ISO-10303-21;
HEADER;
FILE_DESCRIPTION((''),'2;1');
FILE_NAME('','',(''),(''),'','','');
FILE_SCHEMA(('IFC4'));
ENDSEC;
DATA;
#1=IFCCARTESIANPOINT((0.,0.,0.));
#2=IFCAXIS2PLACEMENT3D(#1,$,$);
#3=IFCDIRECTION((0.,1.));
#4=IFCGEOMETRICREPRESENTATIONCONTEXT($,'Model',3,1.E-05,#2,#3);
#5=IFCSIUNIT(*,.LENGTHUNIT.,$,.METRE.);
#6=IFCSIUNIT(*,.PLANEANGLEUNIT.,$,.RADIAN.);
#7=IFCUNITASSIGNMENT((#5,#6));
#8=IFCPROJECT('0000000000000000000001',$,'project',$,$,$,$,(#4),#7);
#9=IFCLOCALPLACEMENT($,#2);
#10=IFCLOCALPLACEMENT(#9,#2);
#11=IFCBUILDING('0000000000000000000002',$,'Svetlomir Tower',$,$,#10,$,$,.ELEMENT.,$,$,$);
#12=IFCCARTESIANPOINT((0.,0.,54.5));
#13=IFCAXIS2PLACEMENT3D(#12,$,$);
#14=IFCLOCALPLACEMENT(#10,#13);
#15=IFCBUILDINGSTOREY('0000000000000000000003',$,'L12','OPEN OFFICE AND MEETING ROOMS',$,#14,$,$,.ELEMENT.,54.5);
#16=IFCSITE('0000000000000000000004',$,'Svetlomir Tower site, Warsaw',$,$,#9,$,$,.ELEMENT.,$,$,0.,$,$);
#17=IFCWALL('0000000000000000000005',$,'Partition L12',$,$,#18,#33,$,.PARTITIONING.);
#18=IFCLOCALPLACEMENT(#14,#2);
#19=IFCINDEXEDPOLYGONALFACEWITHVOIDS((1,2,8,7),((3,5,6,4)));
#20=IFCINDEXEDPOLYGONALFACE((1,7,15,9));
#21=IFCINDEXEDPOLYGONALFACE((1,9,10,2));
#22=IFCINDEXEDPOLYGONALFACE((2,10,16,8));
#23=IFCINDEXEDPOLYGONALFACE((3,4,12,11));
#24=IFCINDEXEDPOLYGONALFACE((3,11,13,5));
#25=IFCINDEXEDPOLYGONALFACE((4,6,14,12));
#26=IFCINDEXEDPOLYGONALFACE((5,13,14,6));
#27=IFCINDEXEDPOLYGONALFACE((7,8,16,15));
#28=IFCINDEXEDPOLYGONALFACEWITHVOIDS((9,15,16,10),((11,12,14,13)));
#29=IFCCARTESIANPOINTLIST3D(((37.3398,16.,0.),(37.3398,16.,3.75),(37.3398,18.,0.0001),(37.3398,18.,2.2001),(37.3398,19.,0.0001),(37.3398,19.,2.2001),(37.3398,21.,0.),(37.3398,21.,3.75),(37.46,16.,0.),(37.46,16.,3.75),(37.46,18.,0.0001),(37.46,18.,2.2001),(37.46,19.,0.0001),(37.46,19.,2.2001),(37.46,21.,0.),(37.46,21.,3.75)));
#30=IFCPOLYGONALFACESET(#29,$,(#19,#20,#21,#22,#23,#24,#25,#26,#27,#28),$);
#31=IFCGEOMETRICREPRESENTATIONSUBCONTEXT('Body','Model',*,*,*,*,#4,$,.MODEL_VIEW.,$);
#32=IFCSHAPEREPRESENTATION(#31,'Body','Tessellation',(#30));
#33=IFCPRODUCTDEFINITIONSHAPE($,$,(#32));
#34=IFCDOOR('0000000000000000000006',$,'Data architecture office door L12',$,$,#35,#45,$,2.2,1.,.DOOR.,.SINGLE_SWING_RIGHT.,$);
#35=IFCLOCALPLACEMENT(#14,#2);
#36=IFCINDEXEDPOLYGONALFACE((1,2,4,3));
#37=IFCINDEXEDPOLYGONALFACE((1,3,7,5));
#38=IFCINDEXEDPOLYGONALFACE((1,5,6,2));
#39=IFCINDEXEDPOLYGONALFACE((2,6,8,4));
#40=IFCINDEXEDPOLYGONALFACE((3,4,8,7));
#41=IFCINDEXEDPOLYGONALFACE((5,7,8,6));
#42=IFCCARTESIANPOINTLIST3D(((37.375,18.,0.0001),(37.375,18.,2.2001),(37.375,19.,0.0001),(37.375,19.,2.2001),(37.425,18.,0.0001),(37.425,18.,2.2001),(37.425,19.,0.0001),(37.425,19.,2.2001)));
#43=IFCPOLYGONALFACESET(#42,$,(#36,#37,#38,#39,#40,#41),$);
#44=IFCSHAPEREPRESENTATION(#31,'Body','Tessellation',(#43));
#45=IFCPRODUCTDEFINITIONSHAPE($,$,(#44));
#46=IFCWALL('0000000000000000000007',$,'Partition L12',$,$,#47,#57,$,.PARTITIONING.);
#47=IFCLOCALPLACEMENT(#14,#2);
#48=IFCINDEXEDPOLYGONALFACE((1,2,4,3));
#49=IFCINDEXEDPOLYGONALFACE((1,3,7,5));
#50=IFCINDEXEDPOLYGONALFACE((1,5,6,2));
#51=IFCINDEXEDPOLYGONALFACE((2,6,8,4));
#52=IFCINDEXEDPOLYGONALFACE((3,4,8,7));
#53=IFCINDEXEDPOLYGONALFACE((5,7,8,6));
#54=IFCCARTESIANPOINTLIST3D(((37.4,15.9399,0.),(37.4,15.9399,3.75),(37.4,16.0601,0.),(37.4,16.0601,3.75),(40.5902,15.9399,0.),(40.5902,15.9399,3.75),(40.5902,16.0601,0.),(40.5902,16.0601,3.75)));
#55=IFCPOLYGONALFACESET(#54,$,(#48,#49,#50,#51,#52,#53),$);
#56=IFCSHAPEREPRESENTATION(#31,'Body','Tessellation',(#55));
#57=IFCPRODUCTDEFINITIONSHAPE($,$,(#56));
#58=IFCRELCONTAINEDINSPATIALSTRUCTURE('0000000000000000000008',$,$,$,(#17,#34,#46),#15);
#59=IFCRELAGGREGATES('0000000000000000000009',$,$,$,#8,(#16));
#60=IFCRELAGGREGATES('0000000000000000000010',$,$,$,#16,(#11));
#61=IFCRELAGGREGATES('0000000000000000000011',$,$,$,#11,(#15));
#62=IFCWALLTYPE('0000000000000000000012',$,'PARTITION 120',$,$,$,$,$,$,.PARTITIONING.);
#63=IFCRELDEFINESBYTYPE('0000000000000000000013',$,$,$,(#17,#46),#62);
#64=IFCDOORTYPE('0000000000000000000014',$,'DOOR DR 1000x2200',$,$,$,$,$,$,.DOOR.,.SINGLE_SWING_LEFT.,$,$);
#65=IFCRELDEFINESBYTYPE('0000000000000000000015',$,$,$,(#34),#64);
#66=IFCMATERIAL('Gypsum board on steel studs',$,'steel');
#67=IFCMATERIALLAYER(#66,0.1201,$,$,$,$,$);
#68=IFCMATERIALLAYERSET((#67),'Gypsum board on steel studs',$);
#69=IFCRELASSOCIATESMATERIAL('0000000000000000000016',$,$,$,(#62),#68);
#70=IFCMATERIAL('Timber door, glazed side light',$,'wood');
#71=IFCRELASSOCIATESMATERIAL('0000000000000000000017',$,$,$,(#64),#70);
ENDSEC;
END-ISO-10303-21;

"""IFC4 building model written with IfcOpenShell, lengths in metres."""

from ifc_helpers import new_model, si_unit, direction, frame, frame_2d, origin, place, context, subcontext, project, spatial, rectangle, extrude, material, layer, layer_set, type_object, element, fill, save


model = new_model("IFC4")

# Units and contexts
model_context = context("Model", 3, precision=1e-05, world=origin(), true_north=direction((0.0, 1.0)))
body_context = subcontext(model_context, "Body", "Model", "MODEL_VIEW")
ifc_project = project(units=[si_unit("LENGTHUNIT", "METRE"), si_unit("PLANEANGLEUNIT", "RADIAN")], contexts=[model_context])

# Site, building, storey
site_placement = place(None, origin())
site = spatial("IfcSite", under=ifc_project, at=site_placement, Name="Svetlomir Tower site, Warsaw", CompositionType="ELEMENT", RefElevation=0.0)
building_placement = place(site_placement, origin())
building = spatial("IfcBuilding", under=site, at=building_placement, Name="Svetlomir Tower", CompositionType="ELEMENT")
storey_placement = place(building_placement, frame((0.0, 0.0, 54.5)))
storey = spatial("IfcBuildingStorey", under=building, at=storey_placement, Name="L12", Description="OPEN OFFICE AND MEETING ROOMS", CompositionType="ELEMENT", Elevation=54.5)

# Shared definitions
ifc_material_1 = material(Name="Gypsum board on steel studs", Category="steel")
ifc_layer_1 = layer(ifc_material_1, 0.1201)
ifc_layer_set_1 = layer_set([ifc_layer_1], Name="Gypsum board on steel studs")
wall_type_1 = type_object("IfcWallType", Name="PARTITION 120", PredefinedType="PARTITIONING", material=ifc_layer_set_1)

# Wall, opening, door
ifc_material_2 = material(Name="Timber door, glazed side light", Category="wood")
door_type_1 = type_object("IfcDoorType", Name="DOOR DR 1000x2200", OperationType="SINGLE_SWING_LEFT", PredefinedType="DOOR", material=ifc_material_2)
wall_1_placement = place(storey_placement, frame((37.3999, 16.0, 0.0), z_axis=(0.0, 0.0, 1.0), x_axis=(0.0, 1.0, 0.0)))
wall_1 = element("IfcWall", 1, at=wall_1_placement, inside=storey, type_object=wall_type_1, Name="Partition L12", PredefinedType="PARTITIONING", context=body_context, shape_type="SweptSolid", body=[
    extrude(rectangle(XDim=5.0, YDim=0.1201, at=frame_2d((2.5, 0.0))), origin(), (0.0, 0.0, 1.0), 3.75),
])
opening_1_placement = place(wall_1_placement, frame((2.0, 0.0, 0.0)))
opening_1 = element("IfcOpeningElement", 2, at=opening_1_placement, cuts=wall_1, PredefinedType="OPENING", context=body_context, shape_type="SweptSolid", body=[
    extrude(rectangle(XDim=1.0, YDim=2.2, at=frame_2d((0.5, 1.1001))), frame((0.0, 0.0701, 0.0), z_axis=(0.0, -1.0, 0.0), x_axis=(1.0, 0.0, 0.0)), (0.0, 0.0, 1.0), 0.1401),
])
door_1_placement = place(opening_1_placement, origin())
door_1 = element("IfcDoor", 3, at=door_1_placement, inside=storey, type_object=door_type_1, Name="Data architecture office door L12", OperationType="SINGLE_SWING_RIGHT", OverallHeight=2.2, OverallWidth=1.0, PredefinedType="DOOR", context=body_context, shape_type="SweptSolid", body=[
    extrude(rectangle(XDim=1.0, YDim=2.2, at=frame_2d((0.5, 1.1001))), frame((0.0, 0.0249, 0.0), z_axis=(0.0, -1.0, 0.0), x_axis=(1.0, 0.0, 0.0)), (0.0, 0.0, 1.0), 0.05),
])
fill(opening_1, door_1)

# Wall
wall_2_placement = place(storey_placement, frame((37.3999, 16.0, 0.0), z_axis=(0.0, 0.0, 1.0), x_axis=(1.0, 0.0, 0.0)))
element("IfcWall", 4, at=wall_2_placement, inside=storey, type_object=wall_type_1, Name="Partition L12", PredefinedType="PARTITIONING", context=body_context, shape_type="SweptSolid", body=[
    extrude(rectangle(XDim=3.1902, YDim=0.1201, at=frame_2d((1.5952, 0.0))), origin(), (0.0, 0.0, 1.0), 3.75),
])

save(model, "model.ifc")
